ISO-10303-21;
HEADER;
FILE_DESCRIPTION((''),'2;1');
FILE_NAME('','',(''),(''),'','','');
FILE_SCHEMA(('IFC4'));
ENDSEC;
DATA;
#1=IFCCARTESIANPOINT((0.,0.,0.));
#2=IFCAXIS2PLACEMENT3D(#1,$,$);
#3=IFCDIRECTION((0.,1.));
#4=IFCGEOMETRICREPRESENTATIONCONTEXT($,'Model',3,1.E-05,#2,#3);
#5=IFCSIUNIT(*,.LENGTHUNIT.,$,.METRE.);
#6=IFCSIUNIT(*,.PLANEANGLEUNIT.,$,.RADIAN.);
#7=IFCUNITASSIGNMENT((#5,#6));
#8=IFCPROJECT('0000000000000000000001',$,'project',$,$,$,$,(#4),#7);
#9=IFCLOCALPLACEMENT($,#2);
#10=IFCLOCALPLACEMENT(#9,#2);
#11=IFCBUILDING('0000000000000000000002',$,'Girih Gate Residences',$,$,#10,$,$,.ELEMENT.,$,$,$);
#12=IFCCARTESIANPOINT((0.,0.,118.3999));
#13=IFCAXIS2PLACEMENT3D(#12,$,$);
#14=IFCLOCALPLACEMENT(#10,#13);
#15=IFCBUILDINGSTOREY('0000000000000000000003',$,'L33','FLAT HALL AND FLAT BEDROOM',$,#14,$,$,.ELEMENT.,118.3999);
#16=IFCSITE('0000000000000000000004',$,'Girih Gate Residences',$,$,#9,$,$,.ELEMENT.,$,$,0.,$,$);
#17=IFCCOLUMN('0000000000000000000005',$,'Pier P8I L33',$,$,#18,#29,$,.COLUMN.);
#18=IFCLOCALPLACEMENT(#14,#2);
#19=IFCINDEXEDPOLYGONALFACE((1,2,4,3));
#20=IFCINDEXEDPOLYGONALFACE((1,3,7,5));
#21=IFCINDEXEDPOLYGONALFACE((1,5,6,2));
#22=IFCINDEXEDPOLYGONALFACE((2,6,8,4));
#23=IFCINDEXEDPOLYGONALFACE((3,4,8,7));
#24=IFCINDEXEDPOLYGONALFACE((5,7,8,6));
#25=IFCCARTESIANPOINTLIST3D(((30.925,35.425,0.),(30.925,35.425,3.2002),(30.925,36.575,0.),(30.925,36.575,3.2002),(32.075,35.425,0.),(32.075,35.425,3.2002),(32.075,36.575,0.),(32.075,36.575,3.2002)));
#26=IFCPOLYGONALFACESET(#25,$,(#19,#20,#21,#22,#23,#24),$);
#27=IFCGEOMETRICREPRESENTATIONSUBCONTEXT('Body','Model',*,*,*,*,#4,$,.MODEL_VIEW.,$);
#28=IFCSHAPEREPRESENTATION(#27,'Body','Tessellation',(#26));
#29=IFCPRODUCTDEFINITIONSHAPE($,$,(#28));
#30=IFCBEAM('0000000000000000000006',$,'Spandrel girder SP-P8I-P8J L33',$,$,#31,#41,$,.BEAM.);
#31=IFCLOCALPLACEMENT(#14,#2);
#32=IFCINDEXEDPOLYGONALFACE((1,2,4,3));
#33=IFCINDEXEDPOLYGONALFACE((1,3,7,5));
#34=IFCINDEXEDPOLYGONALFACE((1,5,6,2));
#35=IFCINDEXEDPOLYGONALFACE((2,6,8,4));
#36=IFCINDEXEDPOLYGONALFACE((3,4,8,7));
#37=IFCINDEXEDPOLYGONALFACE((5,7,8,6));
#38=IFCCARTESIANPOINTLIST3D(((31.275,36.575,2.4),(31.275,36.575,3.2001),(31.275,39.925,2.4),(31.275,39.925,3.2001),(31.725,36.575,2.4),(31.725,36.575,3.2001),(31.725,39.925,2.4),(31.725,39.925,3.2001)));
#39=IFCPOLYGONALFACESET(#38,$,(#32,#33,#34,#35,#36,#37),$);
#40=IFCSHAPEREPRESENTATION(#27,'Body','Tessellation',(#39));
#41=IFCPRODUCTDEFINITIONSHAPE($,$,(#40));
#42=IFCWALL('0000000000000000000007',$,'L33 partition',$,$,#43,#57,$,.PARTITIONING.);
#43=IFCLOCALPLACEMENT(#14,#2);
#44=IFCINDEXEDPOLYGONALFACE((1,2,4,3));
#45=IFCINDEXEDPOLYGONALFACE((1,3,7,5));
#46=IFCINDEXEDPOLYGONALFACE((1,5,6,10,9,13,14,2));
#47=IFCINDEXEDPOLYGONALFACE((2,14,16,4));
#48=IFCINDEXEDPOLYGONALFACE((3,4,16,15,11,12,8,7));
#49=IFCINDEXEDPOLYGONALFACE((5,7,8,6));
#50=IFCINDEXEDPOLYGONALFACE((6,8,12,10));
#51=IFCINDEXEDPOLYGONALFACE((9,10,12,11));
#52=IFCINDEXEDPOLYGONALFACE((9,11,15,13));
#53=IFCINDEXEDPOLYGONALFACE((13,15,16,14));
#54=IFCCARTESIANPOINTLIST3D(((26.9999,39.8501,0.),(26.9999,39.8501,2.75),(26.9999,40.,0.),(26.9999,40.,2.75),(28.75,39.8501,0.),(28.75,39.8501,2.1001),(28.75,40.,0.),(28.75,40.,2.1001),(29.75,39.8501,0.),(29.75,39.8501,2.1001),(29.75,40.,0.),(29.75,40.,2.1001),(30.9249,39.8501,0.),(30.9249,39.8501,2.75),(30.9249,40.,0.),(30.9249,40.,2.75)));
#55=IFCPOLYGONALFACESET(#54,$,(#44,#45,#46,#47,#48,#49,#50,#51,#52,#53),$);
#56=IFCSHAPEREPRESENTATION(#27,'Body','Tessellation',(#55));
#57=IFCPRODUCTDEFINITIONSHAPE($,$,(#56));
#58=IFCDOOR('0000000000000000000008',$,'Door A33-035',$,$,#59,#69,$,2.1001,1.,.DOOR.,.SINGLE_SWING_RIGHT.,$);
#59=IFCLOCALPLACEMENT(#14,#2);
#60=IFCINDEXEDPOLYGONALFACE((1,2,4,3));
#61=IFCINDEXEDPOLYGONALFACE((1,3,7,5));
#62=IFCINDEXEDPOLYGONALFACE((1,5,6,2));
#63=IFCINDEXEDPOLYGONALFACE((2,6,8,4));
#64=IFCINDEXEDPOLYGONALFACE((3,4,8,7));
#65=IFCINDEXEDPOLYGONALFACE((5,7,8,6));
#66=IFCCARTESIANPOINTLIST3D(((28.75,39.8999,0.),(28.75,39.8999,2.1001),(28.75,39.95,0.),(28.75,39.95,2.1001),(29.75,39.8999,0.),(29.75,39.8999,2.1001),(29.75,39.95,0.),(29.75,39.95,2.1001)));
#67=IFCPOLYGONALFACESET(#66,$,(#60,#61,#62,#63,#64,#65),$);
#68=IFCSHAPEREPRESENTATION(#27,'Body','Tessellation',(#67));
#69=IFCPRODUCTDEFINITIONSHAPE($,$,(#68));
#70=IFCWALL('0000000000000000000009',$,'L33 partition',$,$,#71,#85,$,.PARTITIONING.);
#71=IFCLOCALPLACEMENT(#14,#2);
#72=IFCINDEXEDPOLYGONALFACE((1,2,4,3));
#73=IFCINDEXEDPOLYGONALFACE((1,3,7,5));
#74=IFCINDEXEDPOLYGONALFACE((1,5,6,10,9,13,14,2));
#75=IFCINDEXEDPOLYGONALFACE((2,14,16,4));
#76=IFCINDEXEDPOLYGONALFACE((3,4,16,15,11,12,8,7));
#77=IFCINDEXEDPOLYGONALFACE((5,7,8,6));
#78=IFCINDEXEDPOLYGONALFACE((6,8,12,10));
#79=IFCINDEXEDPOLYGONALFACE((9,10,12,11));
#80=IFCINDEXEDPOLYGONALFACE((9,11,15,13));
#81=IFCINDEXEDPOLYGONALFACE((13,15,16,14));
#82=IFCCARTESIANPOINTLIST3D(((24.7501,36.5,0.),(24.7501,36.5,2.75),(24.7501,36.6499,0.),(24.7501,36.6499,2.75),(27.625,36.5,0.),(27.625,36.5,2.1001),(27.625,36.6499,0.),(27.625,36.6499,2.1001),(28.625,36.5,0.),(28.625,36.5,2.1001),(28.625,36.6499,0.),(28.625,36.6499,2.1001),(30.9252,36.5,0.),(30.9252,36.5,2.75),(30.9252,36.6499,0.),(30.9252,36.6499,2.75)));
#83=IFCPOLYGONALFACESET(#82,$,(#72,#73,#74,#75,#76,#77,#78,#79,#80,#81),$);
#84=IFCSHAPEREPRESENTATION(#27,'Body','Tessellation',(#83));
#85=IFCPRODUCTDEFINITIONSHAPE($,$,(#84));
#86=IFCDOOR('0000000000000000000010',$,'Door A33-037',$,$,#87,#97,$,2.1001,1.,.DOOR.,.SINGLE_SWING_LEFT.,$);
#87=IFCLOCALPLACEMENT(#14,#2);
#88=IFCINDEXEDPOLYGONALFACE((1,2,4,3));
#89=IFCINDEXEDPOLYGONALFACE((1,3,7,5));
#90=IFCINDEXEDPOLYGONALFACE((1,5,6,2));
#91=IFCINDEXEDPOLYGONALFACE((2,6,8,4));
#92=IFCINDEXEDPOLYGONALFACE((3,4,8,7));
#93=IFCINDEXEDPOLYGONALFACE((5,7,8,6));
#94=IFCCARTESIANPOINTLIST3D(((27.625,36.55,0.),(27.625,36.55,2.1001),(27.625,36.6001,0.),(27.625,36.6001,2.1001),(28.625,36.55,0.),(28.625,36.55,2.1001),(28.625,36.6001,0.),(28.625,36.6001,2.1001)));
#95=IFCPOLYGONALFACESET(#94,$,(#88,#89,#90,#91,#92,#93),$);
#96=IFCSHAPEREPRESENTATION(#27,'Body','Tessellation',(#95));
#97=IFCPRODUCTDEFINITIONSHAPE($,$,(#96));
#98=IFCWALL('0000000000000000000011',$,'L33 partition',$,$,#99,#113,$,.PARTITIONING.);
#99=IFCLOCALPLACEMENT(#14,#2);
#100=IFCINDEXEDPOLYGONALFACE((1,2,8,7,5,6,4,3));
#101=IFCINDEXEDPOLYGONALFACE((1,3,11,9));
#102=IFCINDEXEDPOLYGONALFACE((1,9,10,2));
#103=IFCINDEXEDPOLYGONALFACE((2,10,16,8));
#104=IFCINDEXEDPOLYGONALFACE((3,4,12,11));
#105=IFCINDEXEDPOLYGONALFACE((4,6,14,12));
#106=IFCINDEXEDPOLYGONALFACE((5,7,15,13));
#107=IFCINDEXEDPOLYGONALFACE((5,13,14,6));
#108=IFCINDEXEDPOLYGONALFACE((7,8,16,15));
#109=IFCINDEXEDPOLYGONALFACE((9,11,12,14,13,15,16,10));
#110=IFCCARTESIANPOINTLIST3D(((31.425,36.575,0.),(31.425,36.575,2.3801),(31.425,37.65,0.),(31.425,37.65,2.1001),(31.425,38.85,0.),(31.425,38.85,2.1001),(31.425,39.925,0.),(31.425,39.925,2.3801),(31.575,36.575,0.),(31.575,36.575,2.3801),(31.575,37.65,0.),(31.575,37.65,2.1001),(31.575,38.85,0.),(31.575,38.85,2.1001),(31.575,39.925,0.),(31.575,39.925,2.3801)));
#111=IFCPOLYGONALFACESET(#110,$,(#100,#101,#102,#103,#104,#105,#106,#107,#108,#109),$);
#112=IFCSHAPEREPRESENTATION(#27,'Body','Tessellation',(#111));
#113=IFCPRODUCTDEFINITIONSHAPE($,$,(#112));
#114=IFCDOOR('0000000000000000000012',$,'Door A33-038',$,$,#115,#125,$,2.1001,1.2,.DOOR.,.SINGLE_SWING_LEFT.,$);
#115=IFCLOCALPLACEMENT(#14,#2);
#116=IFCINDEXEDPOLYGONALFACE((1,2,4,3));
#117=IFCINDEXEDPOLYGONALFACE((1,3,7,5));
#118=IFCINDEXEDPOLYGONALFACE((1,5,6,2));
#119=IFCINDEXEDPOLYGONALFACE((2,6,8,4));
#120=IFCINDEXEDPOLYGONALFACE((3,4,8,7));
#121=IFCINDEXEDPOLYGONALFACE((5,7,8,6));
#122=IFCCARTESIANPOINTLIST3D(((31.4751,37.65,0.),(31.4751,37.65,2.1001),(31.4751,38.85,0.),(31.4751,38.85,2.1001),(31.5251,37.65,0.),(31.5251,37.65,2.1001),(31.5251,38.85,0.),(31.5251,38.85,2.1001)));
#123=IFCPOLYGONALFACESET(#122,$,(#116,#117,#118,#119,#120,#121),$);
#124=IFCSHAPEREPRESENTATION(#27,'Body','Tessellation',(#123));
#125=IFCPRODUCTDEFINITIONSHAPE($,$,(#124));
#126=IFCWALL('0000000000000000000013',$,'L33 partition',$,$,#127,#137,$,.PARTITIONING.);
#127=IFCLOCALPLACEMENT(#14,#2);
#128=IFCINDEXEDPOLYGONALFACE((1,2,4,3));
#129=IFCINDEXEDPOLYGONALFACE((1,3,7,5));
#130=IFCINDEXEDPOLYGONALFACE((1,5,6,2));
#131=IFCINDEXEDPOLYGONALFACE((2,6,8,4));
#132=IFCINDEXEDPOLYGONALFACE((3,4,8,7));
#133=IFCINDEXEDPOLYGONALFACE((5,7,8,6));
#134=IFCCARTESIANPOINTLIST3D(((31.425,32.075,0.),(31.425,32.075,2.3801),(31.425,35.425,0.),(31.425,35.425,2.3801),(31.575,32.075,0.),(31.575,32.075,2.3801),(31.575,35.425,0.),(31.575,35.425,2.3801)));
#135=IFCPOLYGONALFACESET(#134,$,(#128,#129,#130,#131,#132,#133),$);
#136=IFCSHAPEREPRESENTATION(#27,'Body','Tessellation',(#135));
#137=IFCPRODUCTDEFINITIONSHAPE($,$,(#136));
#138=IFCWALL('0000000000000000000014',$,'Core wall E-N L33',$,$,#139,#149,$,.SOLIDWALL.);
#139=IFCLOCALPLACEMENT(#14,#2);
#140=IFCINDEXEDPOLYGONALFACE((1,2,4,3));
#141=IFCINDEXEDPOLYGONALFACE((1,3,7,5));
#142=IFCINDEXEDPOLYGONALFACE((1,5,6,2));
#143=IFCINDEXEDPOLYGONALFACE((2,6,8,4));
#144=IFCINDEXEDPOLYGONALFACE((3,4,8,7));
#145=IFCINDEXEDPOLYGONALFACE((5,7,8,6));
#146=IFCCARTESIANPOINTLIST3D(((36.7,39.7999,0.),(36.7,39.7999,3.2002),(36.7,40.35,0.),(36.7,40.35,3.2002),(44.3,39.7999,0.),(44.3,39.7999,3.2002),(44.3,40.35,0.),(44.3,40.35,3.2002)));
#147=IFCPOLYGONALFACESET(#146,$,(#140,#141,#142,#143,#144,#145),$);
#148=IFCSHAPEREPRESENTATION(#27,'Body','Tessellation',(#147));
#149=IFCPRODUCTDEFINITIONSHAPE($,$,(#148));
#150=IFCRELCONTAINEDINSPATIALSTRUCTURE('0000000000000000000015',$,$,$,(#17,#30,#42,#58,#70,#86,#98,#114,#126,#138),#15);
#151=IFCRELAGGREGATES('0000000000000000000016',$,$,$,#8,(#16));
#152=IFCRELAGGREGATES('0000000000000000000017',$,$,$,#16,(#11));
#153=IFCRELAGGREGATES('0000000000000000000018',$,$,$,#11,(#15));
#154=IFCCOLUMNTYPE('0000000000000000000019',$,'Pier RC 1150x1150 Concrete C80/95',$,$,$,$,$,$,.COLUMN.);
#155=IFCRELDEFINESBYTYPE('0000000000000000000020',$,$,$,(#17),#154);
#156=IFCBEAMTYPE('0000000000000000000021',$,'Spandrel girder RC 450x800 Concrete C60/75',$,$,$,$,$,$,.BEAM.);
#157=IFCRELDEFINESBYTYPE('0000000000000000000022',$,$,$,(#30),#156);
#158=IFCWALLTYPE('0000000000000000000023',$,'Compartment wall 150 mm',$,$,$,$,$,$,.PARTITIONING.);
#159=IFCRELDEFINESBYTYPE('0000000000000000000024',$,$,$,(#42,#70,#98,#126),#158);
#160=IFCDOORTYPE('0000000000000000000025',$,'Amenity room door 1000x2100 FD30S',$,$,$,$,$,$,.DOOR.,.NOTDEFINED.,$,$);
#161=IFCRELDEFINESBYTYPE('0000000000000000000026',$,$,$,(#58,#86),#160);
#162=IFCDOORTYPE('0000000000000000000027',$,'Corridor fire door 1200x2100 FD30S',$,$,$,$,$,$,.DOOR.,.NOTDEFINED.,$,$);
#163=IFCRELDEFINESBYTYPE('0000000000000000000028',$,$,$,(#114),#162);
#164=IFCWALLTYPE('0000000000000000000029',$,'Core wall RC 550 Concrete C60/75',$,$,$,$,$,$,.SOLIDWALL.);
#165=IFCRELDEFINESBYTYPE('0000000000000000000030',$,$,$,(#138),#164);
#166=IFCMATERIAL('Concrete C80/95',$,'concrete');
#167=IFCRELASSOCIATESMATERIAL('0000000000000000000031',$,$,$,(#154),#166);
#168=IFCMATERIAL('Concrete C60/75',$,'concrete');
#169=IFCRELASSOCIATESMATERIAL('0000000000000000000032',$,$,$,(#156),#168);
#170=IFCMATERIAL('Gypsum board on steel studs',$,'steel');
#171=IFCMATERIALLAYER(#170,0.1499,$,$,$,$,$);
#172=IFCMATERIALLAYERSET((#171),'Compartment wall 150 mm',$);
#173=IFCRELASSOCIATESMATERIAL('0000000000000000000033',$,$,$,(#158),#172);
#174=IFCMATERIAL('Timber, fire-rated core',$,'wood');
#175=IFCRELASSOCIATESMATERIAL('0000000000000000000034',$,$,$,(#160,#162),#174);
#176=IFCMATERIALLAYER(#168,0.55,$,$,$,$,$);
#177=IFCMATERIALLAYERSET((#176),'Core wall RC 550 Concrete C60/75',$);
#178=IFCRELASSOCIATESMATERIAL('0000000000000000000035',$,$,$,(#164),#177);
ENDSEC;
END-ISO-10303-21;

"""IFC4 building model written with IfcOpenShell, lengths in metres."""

from ifc_helpers import new_model, si_unit, direction, frame, frame_2d, origin, origin_2d, place, context, subcontext, project, spatial, rectangle, extrude, material, layer, layer_set, material_profile, profile_set, type_object, element, fill, save


model = new_model("IFC4")

# Units and contexts
model_context = context("Model", 3, precision=1e-05, world=origin(), true_north=direction((0.0, 1.0)))
body_context = subcontext(model_context, "Body", "Model", "MODEL_VIEW")
ifc_project = project(units=[si_unit("LENGTHUNIT", "METRE"), si_unit("PLANEANGLEUNIT", "RADIAN")], contexts=[model_context])

# Site, building, storey
site_placement = place(None, origin())
site = spatial("IfcSite", under=ifc_project, at=site_placement, Name="Girih Gate Residences", CompositionType="ELEMENT", RefElevation=0.0)
building_placement = place(site_placement, origin())
building = spatial("IfcBuilding", under=site, at=building_placement, Name="Girih Gate Residences", CompositionType="ELEMENT")
storey_placement = place(building_placement, frame((0.0, 0.0, 118.3999)))
storey = spatial("IfcBuildingStorey", under=building, at=storey_placement, Name="L33", Description="FLAT HALL AND FLAT BEDROOM", CompositionType="ELEMENT", Elevation=118.3999)

# Column
ifc_material_1 = material(Name="Concrete C80/95", Category="concrete")
ifc_material_profile_1 = material_profile(ifc_material_1, rectangle(XDim=1.1499, YDim=1.1499, at=origin_2d()))
ifc_profile_set_1 = profile_set([ifc_material_profile_1], Name="Concrete C80/95")
column_type = type_object("IfcColumnType", Name="Pier RC 1150x1150 Concrete C80/95", PredefinedType="COLUMN", material=ifc_profile_set_1)
column_placement = place(storey_placement, frame((31.5, 36.0, 0.0), z_axis=(0.0, 0.0, 1.0), x_axis=(1.0, 0.0, 0.0)))
element("IfcColumn", 1, at=column_placement, inside=storey, type_object=column_type, Name="Pier P8I L33", PredefinedType="COLUMN", context=body_context, shape_type="SweptSolid", body=[
    extrude(rectangle(XDim=1.1499, YDim=1.1499, at=origin_2d()), origin(), (0.0, 0.0, 1.0), 3.2002),
])

# Beam
ifc_material_2 = material(Name="Concrete C60/75", Category="concrete")
ifc_material_profile_2 = material_profile(ifc_material_2, rectangle(XDim=0.45, YDim=0.8, at=origin_2d()))
ifc_profile_set_2 = profile_set([ifc_material_profile_2], Name="Concrete C60/75")
beam_type = type_object("IfcBeamType", Name="Spandrel girder RC 450x800 Concrete C60/75", PredefinedType="BEAM", material=ifc_profile_set_2)
beam_placement = place(storey_placement, frame((31.5, 36.575, 2.8), z_axis=(0.0, 1.0, 0.0), x_axis=(-1.0, 0.0, 0.0)))
element("IfcBeam", 2, at=beam_placement, inside=storey, type_object=beam_type, Name="Spandrel girder SP-P8I-P8J L33", PredefinedType="BEAM", context=body_context, shape_type="SweptSolid", body=[
    extrude(rectangle(XDim=0.45, YDim=0.8, at=origin_2d()), origin(), (0.0, 0.0, 1.0), 3.3501),
])

# Walls, openings, doors
ifc_material_3 = material(Name="Gypsum board on steel studs", Category="steel")
ifc_layer_1 = layer(ifc_material_3, 0.1499)
ifc_layer_set_1 = layer_set([ifc_layer_1], Name="Compartment wall 150 mm")
wall_type_1 = type_object("IfcWallType", Name="Compartment wall 150 mm", PredefinedType="PARTITIONING", material=ifc_layer_set_1)
wall_1_placement = place(storey_placement, frame((27.0, 39.925, 0.0), z_axis=(0.0, 0.0, 1.0), x_axis=(1.0, 0.0, 0.0)))
wall_1 = element("IfcWall", 3, at=wall_1_placement, inside=storey, type_object=wall_type_1, Name="L33 partition", PredefinedType="PARTITIONING", context=body_context, shape_type="SweptSolid", body=[
    extrude(rectangle(XDim=3.925, YDim=0.1499, at=frame_2d((1.9624, 0.0))), origin(), (0.0, 0.0, 1.0), 2.75),
])
opening_1_placement = place(wall_1_placement, frame((1.75, 0.0, 0.0)))
opening_1 = element("IfcOpeningElement", 4, at=opening_1_placement, cuts=wall_1, PredefinedType="OPENING", context=body_context, shape_type="SweptSolid", body=[
    extrude(rectangle(XDim=1.0, YDim=2.1001, at=frame_2d((0.5, 1.05))), frame((0.0, 0.085, 0.0), z_axis=(0.0, -1.0, 0.0), x_axis=(1.0, 0.0, 0.0)), (0.0, 0.0, 1.0), 0.1699),
])
ifc_material_4 = material(Name="Timber, fire-rated core", Category="wood")
door_type_1 = type_object("IfcDoorType", Name="Amenity room door 1000x2100 FD30S", OperationType="NOTDEFINED", PredefinedType="DOOR", material=ifc_material_4)
door_1_placement = place(opening_1_placement, origin())
door_1 = element("IfcDoor", 5, at=door_1_placement, inside=storey, type_object=door_type_1, Name="Door A33-035", OperationType="SINGLE_SWING_RIGHT", OverallHeight=2.1001, OverallWidth=1.0, PredefinedType="DOOR", context=body_context, shape_type="SweptSolid", body=[
    extrude(rectangle(XDim=1.0, YDim=2.1001, at=frame_2d((0.5, 1.05))), frame((0.0, 0.0249, 0.0), z_axis=(0.0, -1.0, 0.0), x_axis=(1.0, 0.0, 0.0)), (0.0, 0.0, 1.0), 0.05),
])
fill(opening_1, door_1)
wall_2_placement = place(storey_placement, frame((30.925, 36.575, 0.0), z_axis=(0.0, 0.0, 1.0), x_axis=(-1.0, 0.0, 0.0)))
wall_2 = element("IfcWall", 6, at=wall_2_placement, inside=storey, type_object=wall_type_1, Name="L33 partition", PredefinedType="PARTITIONING", context=body_context, shape_type="SweptSolid", body=[
    extrude(rectangle(XDim=6.175, YDim=0.1499, at=frame_2d((3.0874, 0.0))), origin(), (0.0, 0.0, 1.0), 2.75),
])
opening_2_placement = place(wall_2_placement, frame((2.3, 0.0, 0.0)))
opening_2 = element("IfcOpeningElement", 7, at=opening_2_placement, cuts=wall_2, PredefinedType="OPENING", context=body_context, shape_type="SweptSolid", body=[
    extrude(rectangle(XDim=1.0, YDim=2.1001, at=frame_2d((0.5, 1.05))), frame((0.0, 0.085, 0.0), z_axis=(0.0, -1.0, 0.0), x_axis=(1.0, 0.0, 0.0)), (0.0, 0.0, 1.0), 0.1699),
])
door_2_placement = place(opening_2_placement, origin())
door_2 = element("IfcDoor", 8, at=door_2_placement, inside=storey, type_object=door_type_1, Name="Door A33-037", OperationType="SINGLE_SWING_LEFT", OverallHeight=2.1001, OverallWidth=1.0, PredefinedType="DOOR", context=body_context, shape_type="SweptSolid", body=[
    extrude(rectangle(XDim=1.0, YDim=2.1001, at=frame_2d((0.5, 1.05))), frame((0.0, 0.0249, 0.0), z_axis=(0.0, -1.0, 0.0), x_axis=(1.0, 0.0, 0.0)), (0.0, 0.0, 1.0), 0.05),
])
fill(opening_2, door_2)
wall_3_placement = place(storey_placement, frame((31.5, 36.575, 0.0), z_axis=(0.0, 0.0, 1.0), x_axis=(0.0, 1.0, 0.0)))
wall_3 = element("IfcWall", 9, at=wall_3_placement, inside=storey, type_object=wall_type_1, Name="L33 partition", PredefinedType="PARTITIONING", context=body_context, shape_type="SweptSolid", body=[
    extrude(rectangle(XDim=3.3501, YDim=0.1499, at=frame_2d((1.675, 0.0))), origin(), (0.0, 0.0, 1.0), 2.3801),
])
opening_3_placement = place(wall_3_placement, frame((1.075, 0.0, 0.0)))
opening_3 = element("IfcOpeningElement", 10, at=opening_3_placement, cuts=wall_3, PredefinedType="OPENING", context=body_context, shape_type="SweptSolid", body=[
    extrude(rectangle(XDim=1.2, YDim=2.1001, at=frame_2d((0.6001, 1.05))), frame((0.0, 0.085, 0.0), z_axis=(0.0, -1.0, 0.0), x_axis=(1.0, 0.0, 0.0)), (0.0, 0.0, 1.0), 0.1699),
])
door_type_2 = type_object("IfcDoorType", Name="Corridor fire door 1200x2100 FD30S", OperationType="NOTDEFINED", PredefinedType="DOOR", material=ifc_material_4)
door_3_placement = place(opening_3_placement, origin())
door_3 = element("IfcDoor", 11, at=door_3_placement, inside=storey, type_object=door_type_2, Name="Door A33-038", OperationType="SINGLE_SWING_LEFT", OverallHeight=2.1001, OverallWidth=1.2, PredefinedType="DOOR", context=body_context, shape_type="SweptSolid", body=[
    extrude(rectangle(XDim=1.2, YDim=2.1001, at=frame_2d((0.6001, 1.05))), frame((0.0, 0.0249, 0.0), z_axis=(0.0, -1.0, 0.0), x_axis=(1.0, 0.0, 0.0)), (0.0, 0.0, 1.0), 0.05),
])
fill(opening_3, door_3)

# Walls
wall_4_placement = place(storey_placement, frame((31.5, 32.075, 0.0), z_axis=(0.0, 0.0, 1.0), x_axis=(0.0, 1.0, 0.0)))
element("IfcWall", 12, at=wall_4_placement, inside=storey, type_object=wall_type_1, Name="L33 partition", PredefinedType="PARTITIONING", context=body_context, shape_type="SweptSolid", body=[
    extrude(rectangle(XDim=3.3501, YDim=0.1499, at=frame_2d((1.675, 0.0))), origin(), (0.0, 0.0, 1.0), 2.3801),
])
ifc_layer_2 = layer(ifc_material_2, 0.55)
ifc_layer_set_2 = layer_set([ifc_layer_2], Name="Core wall RC 550 Concrete C60/75")
wall_type_2 = type_object("IfcWallType", Name="Core wall RC 550 Concrete C60/75", PredefinedType="SOLIDWALL", material=ifc_layer_set_2)
wall_5_placement = place(storey_placement, frame((36.7, 40.075, 0.0), z_axis=(0.0, 0.0, 1.0), x_axis=(1.0, 0.0, 0.0)))
element("IfcWall", 13, at=wall_5_placement, inside=storey, type_object=wall_type_2, Name="Core wall E-N L33", PredefinedType="SOLIDWALL", context=body_context, shape_type="SweptSolid", body=[
    extrude(rectangle(XDim=7.6001, YDim=0.55, at=frame_2d((3.8, 0.0))), origin(), (0.0, 0.0, 1.0), 3.2002),
])

save(model, "model.ifc")
